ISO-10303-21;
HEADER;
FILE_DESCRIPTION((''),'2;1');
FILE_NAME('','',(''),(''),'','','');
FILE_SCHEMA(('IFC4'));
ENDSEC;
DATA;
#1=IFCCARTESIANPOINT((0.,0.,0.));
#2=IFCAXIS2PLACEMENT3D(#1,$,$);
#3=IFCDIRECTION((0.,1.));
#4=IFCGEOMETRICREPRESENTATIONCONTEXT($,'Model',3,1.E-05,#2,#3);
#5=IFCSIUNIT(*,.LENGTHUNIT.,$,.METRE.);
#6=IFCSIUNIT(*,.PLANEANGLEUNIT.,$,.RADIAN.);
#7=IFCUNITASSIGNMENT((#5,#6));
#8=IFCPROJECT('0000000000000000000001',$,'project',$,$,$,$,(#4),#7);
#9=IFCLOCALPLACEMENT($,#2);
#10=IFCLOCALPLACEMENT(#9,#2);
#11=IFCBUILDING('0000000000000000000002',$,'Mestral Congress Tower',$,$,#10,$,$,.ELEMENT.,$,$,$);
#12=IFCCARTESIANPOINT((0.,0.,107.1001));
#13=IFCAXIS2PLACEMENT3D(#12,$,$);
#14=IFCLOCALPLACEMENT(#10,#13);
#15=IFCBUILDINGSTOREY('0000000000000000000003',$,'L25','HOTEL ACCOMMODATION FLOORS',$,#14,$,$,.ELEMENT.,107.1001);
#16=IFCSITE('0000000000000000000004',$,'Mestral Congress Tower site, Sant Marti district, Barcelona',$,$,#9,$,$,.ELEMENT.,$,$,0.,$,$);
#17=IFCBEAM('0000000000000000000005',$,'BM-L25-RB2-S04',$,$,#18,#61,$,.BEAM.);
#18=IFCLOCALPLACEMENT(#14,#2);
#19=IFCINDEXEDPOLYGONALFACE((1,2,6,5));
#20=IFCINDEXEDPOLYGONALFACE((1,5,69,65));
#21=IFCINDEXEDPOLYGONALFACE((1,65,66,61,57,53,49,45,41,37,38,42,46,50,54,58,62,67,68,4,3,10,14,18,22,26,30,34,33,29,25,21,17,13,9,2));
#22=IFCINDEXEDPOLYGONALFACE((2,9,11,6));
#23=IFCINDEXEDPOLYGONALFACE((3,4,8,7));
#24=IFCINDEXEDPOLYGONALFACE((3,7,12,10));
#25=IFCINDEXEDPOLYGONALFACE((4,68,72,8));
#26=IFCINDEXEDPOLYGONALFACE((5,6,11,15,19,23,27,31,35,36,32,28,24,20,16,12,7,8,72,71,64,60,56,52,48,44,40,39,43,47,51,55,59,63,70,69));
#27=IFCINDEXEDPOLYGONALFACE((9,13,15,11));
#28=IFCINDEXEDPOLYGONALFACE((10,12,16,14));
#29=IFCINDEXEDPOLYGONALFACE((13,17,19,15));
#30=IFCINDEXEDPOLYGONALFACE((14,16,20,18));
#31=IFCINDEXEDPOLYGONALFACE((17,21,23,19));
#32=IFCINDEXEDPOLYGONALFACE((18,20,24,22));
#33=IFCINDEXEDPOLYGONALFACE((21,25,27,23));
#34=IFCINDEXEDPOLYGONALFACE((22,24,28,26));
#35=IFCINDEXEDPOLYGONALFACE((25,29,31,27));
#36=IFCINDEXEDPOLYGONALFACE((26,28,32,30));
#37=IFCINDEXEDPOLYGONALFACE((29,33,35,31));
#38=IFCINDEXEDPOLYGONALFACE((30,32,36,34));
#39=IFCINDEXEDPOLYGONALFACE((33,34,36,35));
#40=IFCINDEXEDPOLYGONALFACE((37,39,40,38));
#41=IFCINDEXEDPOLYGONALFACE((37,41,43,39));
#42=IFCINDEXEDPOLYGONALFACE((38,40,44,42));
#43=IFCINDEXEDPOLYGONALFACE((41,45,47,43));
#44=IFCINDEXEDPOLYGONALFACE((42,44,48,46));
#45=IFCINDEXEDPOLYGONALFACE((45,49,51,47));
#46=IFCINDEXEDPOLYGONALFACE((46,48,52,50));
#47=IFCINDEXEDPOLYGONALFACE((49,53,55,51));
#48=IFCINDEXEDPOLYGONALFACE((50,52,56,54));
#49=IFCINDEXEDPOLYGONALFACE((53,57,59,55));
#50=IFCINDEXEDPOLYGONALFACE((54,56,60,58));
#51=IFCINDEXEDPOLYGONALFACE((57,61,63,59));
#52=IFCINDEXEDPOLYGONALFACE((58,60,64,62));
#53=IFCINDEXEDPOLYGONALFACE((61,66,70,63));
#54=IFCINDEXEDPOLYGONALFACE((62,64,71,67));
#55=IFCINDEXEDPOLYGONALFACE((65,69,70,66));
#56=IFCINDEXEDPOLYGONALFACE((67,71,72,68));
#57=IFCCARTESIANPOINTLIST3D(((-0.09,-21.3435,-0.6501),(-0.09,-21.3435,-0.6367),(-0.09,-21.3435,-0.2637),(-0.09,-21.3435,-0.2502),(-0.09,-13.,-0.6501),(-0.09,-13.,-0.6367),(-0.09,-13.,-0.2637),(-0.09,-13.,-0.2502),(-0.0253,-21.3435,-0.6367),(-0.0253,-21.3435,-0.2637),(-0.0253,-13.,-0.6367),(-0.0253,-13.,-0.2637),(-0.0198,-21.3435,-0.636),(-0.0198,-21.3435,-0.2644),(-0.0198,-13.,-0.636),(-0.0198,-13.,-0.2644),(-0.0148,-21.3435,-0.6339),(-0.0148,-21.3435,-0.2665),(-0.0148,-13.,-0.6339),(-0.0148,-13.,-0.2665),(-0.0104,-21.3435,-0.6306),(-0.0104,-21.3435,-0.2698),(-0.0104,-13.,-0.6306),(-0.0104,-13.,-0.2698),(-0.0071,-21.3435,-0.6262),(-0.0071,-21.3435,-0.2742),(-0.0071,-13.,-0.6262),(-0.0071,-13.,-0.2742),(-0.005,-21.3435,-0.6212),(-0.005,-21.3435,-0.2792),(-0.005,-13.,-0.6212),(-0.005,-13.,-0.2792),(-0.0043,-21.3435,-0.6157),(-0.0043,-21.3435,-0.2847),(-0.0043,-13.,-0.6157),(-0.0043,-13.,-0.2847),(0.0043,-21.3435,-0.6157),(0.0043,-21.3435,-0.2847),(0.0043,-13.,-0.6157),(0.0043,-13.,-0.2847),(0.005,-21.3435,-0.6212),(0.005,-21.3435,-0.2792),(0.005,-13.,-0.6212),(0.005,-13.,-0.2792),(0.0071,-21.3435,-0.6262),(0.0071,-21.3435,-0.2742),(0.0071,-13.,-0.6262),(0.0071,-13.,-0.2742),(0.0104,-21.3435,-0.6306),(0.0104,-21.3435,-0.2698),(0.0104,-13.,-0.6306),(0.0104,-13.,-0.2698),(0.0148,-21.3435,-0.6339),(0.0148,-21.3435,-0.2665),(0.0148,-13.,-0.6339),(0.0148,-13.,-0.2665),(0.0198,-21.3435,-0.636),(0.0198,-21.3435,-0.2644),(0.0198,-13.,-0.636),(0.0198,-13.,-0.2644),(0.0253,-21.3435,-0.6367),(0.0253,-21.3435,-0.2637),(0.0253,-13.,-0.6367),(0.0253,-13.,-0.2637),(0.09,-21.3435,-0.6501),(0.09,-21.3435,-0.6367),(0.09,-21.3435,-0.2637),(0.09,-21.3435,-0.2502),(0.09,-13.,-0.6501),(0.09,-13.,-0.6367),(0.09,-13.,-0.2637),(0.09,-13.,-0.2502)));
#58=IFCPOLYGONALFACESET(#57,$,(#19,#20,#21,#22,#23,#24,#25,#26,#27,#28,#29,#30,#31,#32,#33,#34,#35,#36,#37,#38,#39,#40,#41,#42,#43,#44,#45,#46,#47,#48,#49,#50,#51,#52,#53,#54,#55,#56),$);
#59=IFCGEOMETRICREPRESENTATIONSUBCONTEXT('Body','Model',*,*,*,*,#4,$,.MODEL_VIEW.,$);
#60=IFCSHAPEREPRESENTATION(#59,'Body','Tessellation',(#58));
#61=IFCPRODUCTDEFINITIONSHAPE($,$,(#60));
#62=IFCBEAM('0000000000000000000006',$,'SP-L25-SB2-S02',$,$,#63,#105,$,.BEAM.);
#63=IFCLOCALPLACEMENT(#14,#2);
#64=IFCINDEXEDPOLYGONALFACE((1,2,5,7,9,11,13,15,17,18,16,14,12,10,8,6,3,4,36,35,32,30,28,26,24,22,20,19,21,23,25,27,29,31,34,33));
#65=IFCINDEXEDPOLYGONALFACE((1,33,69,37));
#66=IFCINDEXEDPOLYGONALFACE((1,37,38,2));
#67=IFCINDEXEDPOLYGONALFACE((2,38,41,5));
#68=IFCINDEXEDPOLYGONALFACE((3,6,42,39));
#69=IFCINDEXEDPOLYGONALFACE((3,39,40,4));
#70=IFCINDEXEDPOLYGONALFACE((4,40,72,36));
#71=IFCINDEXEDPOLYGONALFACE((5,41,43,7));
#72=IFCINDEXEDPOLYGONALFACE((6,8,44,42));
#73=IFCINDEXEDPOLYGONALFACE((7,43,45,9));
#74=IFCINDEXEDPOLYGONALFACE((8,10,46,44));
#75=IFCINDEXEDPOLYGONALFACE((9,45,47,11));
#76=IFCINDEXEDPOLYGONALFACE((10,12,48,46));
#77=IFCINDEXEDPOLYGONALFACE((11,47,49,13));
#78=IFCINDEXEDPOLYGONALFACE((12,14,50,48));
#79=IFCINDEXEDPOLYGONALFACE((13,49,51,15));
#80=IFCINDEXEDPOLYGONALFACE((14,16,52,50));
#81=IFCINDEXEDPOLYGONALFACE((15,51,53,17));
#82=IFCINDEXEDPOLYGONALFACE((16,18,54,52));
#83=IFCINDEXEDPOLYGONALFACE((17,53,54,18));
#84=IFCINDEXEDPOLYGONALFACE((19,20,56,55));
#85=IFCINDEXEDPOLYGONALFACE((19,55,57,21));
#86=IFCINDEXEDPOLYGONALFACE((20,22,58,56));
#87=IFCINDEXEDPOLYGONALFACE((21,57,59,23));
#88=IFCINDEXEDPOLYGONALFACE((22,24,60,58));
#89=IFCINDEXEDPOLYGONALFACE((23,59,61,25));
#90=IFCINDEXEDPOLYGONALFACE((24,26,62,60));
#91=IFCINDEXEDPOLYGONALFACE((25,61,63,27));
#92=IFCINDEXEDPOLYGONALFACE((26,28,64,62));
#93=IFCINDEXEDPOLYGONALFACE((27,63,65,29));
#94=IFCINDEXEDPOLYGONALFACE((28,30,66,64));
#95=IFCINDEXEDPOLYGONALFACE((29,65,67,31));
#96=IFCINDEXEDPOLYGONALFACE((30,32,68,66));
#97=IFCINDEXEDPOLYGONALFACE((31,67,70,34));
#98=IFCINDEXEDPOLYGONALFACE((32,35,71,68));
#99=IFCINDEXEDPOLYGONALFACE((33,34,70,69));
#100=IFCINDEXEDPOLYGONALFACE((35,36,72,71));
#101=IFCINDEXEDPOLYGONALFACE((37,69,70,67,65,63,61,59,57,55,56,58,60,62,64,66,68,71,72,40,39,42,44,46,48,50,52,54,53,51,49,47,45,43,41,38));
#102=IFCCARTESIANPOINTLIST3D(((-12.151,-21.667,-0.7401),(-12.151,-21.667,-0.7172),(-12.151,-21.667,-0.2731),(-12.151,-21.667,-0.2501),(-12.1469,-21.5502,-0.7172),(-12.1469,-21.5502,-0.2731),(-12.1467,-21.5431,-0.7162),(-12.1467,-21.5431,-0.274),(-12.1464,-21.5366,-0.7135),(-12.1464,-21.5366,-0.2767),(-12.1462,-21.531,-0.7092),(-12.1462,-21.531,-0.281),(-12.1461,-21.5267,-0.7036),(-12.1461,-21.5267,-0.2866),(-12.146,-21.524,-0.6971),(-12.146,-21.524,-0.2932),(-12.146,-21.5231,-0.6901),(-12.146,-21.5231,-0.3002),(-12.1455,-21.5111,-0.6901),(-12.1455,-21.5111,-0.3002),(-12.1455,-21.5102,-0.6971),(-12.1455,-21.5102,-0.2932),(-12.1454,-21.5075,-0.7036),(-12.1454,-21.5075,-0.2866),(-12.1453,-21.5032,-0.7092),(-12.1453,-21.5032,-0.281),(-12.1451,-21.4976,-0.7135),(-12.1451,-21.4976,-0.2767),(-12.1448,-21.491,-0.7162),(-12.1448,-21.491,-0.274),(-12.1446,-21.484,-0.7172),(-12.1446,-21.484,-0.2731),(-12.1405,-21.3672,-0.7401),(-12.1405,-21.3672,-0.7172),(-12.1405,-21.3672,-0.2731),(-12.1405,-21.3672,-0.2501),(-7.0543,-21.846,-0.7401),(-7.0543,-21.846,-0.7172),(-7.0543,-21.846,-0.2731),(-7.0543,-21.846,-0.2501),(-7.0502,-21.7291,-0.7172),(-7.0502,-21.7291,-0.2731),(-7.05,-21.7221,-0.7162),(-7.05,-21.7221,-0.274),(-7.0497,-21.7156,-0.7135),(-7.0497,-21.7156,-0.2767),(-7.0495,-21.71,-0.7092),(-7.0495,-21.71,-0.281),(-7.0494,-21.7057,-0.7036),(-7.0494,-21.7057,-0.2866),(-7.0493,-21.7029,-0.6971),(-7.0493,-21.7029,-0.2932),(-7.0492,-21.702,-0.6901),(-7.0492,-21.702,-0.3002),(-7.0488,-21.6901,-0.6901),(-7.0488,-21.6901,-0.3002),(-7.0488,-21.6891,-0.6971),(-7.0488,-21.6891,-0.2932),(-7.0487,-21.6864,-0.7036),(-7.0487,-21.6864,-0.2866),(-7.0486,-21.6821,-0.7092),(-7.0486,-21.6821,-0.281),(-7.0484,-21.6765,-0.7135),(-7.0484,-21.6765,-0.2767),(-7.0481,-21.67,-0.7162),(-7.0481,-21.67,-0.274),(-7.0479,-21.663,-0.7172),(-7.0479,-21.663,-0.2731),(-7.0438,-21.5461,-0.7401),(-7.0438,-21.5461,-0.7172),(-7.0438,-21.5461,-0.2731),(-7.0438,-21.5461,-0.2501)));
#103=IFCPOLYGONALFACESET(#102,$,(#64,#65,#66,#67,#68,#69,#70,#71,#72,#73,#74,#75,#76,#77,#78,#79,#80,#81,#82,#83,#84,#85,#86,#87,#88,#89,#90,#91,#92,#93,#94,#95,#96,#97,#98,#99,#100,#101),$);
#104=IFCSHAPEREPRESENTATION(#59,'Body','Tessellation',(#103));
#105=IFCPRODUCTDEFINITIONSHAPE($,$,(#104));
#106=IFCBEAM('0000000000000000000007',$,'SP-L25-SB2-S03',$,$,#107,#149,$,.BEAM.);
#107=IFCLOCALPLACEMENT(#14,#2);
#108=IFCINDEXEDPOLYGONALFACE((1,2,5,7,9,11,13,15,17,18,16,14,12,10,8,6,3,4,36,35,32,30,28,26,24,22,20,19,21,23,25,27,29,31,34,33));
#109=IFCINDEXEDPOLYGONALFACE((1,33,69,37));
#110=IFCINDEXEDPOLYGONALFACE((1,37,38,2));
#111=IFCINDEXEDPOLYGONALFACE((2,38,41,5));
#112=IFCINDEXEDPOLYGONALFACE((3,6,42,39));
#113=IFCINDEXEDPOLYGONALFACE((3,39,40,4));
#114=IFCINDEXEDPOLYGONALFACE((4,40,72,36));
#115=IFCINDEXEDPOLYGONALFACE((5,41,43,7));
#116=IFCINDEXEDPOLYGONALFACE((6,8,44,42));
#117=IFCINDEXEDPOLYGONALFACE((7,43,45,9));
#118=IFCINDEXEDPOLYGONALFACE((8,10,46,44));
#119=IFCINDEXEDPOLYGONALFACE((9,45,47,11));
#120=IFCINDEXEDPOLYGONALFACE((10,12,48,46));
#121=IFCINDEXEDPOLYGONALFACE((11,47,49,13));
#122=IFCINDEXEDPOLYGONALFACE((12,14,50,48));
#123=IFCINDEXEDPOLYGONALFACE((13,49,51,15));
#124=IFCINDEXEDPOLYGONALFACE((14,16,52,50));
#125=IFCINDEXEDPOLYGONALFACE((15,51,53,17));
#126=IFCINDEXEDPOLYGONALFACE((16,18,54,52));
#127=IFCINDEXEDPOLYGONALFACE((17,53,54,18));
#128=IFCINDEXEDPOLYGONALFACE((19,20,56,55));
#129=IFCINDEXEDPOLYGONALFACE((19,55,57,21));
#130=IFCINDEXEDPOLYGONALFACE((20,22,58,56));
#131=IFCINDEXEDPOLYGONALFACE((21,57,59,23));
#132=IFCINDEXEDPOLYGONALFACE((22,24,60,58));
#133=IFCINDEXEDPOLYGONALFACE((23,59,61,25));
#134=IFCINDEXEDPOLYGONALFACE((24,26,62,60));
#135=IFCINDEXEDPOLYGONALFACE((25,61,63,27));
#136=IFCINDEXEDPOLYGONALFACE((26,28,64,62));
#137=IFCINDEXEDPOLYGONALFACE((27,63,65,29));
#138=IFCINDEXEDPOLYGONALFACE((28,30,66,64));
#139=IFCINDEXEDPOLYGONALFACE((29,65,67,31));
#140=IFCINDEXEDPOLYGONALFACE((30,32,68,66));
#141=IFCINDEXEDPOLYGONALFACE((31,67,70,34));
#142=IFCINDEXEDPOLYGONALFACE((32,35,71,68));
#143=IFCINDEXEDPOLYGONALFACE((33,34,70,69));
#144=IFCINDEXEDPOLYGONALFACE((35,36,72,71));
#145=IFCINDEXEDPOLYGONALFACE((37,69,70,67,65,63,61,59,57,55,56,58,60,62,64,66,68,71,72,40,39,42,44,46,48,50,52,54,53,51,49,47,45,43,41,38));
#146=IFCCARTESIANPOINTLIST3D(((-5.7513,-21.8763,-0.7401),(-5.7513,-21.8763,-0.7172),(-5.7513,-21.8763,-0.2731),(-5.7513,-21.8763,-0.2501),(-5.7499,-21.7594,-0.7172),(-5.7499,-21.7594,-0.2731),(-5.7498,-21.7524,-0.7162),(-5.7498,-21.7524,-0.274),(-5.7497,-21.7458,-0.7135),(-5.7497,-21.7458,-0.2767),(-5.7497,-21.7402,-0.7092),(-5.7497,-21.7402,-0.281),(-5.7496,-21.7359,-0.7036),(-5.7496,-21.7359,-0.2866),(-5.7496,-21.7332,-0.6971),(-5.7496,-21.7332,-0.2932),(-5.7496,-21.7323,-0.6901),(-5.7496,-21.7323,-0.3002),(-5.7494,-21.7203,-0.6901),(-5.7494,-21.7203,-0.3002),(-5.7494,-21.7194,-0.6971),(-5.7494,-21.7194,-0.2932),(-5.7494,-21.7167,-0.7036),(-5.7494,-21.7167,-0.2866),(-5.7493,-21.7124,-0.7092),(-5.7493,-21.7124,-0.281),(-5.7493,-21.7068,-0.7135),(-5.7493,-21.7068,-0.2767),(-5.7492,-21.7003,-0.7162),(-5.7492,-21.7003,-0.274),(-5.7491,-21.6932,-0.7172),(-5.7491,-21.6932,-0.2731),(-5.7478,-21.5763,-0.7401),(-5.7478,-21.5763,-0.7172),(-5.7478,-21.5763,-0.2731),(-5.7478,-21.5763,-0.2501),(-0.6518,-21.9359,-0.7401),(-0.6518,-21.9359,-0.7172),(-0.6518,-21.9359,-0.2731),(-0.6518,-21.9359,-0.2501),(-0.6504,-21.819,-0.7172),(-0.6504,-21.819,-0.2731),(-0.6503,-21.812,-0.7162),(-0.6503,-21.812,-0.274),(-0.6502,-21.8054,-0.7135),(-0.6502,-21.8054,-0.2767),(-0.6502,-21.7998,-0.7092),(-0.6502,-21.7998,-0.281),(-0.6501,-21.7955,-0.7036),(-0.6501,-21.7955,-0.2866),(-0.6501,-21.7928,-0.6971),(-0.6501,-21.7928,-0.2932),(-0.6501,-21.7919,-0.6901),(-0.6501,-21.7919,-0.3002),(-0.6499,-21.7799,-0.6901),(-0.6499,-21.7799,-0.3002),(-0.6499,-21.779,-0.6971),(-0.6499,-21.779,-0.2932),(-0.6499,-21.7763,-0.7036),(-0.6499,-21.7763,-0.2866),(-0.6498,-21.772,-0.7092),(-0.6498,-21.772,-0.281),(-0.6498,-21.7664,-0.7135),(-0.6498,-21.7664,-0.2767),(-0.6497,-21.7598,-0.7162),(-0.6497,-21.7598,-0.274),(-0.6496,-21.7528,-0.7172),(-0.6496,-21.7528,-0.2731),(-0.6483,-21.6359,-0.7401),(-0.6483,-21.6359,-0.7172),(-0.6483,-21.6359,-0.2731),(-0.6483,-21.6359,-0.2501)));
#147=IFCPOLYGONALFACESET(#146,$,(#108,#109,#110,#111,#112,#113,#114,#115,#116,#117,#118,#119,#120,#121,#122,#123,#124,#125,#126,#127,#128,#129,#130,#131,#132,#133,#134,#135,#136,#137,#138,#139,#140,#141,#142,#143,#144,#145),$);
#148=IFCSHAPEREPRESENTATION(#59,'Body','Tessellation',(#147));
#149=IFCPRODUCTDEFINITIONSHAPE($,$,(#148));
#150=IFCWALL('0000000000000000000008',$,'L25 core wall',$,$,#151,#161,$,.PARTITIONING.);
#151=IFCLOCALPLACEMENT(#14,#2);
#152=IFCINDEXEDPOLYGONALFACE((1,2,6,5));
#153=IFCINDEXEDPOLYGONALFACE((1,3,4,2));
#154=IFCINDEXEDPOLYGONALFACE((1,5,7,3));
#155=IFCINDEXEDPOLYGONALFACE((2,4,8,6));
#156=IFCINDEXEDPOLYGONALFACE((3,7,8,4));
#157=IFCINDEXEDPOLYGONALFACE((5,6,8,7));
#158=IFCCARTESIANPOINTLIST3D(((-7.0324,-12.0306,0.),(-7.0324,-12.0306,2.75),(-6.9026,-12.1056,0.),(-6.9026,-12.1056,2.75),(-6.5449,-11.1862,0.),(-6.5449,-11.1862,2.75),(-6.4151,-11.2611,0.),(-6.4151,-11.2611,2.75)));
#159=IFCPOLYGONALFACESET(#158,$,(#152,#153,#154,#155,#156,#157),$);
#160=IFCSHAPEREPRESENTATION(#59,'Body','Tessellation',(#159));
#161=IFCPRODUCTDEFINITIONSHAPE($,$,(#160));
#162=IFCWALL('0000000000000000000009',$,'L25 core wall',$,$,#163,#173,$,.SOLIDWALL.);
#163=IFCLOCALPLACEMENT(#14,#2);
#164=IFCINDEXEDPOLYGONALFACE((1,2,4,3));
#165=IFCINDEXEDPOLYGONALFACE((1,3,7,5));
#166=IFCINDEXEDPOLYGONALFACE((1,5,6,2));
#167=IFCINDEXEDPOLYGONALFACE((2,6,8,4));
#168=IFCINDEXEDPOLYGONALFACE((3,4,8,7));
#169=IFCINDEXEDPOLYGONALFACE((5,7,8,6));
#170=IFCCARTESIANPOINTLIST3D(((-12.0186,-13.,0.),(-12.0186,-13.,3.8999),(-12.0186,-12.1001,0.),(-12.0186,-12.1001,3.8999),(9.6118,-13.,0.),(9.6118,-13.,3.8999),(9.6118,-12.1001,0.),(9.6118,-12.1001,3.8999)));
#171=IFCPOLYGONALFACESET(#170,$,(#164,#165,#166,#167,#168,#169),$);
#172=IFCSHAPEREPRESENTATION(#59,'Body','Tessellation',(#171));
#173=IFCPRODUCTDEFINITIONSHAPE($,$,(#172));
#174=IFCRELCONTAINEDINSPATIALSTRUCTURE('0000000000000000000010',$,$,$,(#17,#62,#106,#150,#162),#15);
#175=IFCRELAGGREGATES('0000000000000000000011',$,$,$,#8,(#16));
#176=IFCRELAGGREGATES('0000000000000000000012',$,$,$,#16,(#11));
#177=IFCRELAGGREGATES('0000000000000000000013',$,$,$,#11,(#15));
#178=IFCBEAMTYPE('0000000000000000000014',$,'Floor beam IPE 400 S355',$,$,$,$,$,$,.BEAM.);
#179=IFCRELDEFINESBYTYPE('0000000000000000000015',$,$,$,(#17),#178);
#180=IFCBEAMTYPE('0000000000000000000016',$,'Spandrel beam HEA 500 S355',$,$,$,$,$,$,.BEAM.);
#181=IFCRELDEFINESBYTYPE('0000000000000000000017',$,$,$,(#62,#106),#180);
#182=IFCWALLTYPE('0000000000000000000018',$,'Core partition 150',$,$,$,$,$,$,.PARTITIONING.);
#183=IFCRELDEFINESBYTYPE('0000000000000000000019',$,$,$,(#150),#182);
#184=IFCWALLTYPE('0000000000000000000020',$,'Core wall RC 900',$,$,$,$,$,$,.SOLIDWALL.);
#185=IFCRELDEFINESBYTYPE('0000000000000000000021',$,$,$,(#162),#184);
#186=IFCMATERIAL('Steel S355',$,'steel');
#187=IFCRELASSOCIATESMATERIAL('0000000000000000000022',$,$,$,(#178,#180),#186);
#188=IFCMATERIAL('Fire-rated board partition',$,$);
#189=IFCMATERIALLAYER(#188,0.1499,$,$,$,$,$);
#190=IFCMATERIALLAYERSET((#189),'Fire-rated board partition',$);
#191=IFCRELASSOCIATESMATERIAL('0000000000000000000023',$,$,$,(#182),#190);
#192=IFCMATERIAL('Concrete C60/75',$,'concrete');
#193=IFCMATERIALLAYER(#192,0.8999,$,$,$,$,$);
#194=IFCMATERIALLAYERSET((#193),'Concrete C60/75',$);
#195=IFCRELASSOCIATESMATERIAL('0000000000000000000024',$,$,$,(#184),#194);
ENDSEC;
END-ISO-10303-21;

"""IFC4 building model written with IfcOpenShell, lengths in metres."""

from ifc_helpers import new_model, si_unit, direction, frame, frame_2d, origin, origin_2d, place, context, subcontext, project, spatial, rectangle, i_section, extrude, material, layer, layer_set, material_profile, profile_set, type_object, element, save


model = new_model("IFC4")

# Units and contexts
model_context = context("Model", 3, precision=1e-05, world=origin(), true_north=direction((0.0, 1.0)))
body_context = subcontext(model_context, "Body", "Model", "MODEL_VIEW")
ifc_project = project(units=[si_unit("LENGTHUNIT", "METRE"), si_unit("PLANEANGLEUNIT", "RADIAN")], contexts=[model_context])

# Site, building, storey
site_placement = place(None, origin())
site = spatial("IfcSite", under=ifc_project, at=site_placement, Name="Mestral Congress Tower site, Sant Marti district, Barcelona", CompositionType="ELEMENT", RefElevation=0.0)
building_placement = place(site_placement, origin())
building = spatial("IfcBuilding", under=site, at=building_placement, Name="Mestral Congress Tower", CompositionType="ELEMENT")
storey_placement = place(building_placement, frame((0.0, 0.0, 107.1001)))
storey = spatial("IfcBuildingStorey", under=building, at=storey_placement, Name="L25", Description="HOTEL ACCOMMODATION FLOORS", CompositionType="ELEMENT", Elevation=107.1001)

# Beams
ifc_material_1 = material(Name="Steel S355", Category="steel")
ifc_material_profile_1 = material_profile(ifc_material_1, i_section(OverallWidth=0.1799, OverallDepth=0.3999, WebThickness=0.0085, FlangeThickness=0.0134, FilletRadius=0.021, at=origin_2d()), Name="IPE 400")
ifc_profile_set_1 = profile_set([ifc_material_profile_1], Name="Steel S355")
beam_type_1 = type_object("IfcBeamType", Name="Floor beam IPE 400 S355", PredefinedType="BEAM", material=ifc_profile_set_1)
beam_1_placement = place(storey_placement, frame((0.0, -21.3435, -0.4502), z_axis=(0.0, 1.0, 0.0), x_axis=(-1.0, 0.0, 0.0)))
element("IfcBeam", 1, at=beam_1_placement, inside=storey, type_object=beam_type_1, Name="BM-L25-RB2-S04", PredefinedType="BEAM", context=body_context, shape_type="SweptSolid", body=[
    extrude(i_section(OverallWidth=0.1799, OverallDepth=0.3999, WebThickness=0.0085, FlangeThickness=0.0134, FilletRadius=0.021, at=origin_2d()), origin(), (0.0, 0.0, 1.0), 8.3435),
])
ifc_material_profile_2 = material_profile(ifc_material_1, i_section(OverallWidth=0.3, OverallDepth=0.49, WebThickness=0.012, FlangeThickness=0.0229, FilletRadius=0.0271, at=origin_2d()), Name="HEA 500")
ifc_profile_set_2 = profile_set([ifc_material_profile_2], Name="Steel S355")
beam_type_2 = type_object("IfcBeamType", Name="Spandrel beam HEA 500 S355", PredefinedType="BEAM", material=ifc_profile_set_2)
for number, where, z_axis, x_axis, name in (
    (2, (-12.1458, -21.5171, -0.4951), (0.999384, -0.03509, 0.0), (0.03509, 0.999384, 0.0), "SP-L25-SB2-S02"),
    (3, (-5.7495, -21.7263, -0.4951), (0.999932, -0.011681, 0.0), (0.011681, 0.999932, 0.0), "SP-L25-SB2-S03"),
):
    element("IfcBeam", number, at=place(storey_placement, frame(where, z_axis=z_axis, x_axis=x_axis)), inside=storey, type_object=beam_type_2, Name=name, PredefinedType="BEAM", context=body_context, shape_type="SweptSolid", body=[
        extrude(i_section(OverallWidth=0.3, OverallDepth=0.49, WebThickness=0.012, FlangeThickness=0.0229, FilletRadius=0.0271, at=origin_2d()), origin(), (0.0, 0.0, 1.0), 5.0999),
    ])

# Walls
ifc_material_2 = material(Name="Fire-rated board partition")
ifc_layer_1 = layer(ifc_material_2, 0.1499)
ifc_layer_set_1 = layer_set([ifc_layer_1], Name="Fire-rated board partition")
wall_type_1 = type_object("IfcWallType", Name="Core partition 150", PredefinedType="PARTITIONING", material=ifc_layer_set_1)
wall_1_placement = place(storey_placement, frame((-6.9675, -12.0681, 0.0), z_axis=(0.0, 0.0, 1.0), x_axis=(0.49999, 0.866031, 0.0)))
element("IfcWall", 4, at=wall_1_placement, inside=storey, type_object=wall_type_1, Name="L25 core wall", PredefinedType="PARTITIONING", context=body_context, shape_type="SweptSolid", body=[
    extrude(rectangle(XDim=0.9751, YDim=0.1499, at=frame_2d((0.4875, 0.0))), origin(), (0.0, 0.0, 1.0), 2.75),
])
ifc_material_3 = material(Name="Concrete C60/75", Category="concrete")
ifc_layer_2 = layer(ifc_material_3, 0.8999)
ifc_layer_set_2 = layer_set([ifc_layer_2], Name="Concrete C60/75")
wall_type_2 = type_object("IfcWallType", Name="Core wall RC 900", PredefinedType="SOLIDWALL", material=ifc_layer_set_2)
wall_2_placement = place(storey_placement, frame((-12.0186, -12.55, 0.0), z_axis=(0.0, 0.0, 1.0), x_axis=(1.0, 0.0, 0.0)))
element("IfcWall", 5, at=wall_2_placement, inside=storey, type_object=wall_type_2, Name="L25 core wall", PredefinedType="SOLIDWALL", context=body_context, shape_type="SweptSolid", body=[
    extrude(rectangle(XDim=21.6304, YDim=0.8999, at=frame_2d((10.8152, 0.0))), origin(), (0.0, 0.0, 1.0), 3.8999),
])

save(model, "model.ifc")
